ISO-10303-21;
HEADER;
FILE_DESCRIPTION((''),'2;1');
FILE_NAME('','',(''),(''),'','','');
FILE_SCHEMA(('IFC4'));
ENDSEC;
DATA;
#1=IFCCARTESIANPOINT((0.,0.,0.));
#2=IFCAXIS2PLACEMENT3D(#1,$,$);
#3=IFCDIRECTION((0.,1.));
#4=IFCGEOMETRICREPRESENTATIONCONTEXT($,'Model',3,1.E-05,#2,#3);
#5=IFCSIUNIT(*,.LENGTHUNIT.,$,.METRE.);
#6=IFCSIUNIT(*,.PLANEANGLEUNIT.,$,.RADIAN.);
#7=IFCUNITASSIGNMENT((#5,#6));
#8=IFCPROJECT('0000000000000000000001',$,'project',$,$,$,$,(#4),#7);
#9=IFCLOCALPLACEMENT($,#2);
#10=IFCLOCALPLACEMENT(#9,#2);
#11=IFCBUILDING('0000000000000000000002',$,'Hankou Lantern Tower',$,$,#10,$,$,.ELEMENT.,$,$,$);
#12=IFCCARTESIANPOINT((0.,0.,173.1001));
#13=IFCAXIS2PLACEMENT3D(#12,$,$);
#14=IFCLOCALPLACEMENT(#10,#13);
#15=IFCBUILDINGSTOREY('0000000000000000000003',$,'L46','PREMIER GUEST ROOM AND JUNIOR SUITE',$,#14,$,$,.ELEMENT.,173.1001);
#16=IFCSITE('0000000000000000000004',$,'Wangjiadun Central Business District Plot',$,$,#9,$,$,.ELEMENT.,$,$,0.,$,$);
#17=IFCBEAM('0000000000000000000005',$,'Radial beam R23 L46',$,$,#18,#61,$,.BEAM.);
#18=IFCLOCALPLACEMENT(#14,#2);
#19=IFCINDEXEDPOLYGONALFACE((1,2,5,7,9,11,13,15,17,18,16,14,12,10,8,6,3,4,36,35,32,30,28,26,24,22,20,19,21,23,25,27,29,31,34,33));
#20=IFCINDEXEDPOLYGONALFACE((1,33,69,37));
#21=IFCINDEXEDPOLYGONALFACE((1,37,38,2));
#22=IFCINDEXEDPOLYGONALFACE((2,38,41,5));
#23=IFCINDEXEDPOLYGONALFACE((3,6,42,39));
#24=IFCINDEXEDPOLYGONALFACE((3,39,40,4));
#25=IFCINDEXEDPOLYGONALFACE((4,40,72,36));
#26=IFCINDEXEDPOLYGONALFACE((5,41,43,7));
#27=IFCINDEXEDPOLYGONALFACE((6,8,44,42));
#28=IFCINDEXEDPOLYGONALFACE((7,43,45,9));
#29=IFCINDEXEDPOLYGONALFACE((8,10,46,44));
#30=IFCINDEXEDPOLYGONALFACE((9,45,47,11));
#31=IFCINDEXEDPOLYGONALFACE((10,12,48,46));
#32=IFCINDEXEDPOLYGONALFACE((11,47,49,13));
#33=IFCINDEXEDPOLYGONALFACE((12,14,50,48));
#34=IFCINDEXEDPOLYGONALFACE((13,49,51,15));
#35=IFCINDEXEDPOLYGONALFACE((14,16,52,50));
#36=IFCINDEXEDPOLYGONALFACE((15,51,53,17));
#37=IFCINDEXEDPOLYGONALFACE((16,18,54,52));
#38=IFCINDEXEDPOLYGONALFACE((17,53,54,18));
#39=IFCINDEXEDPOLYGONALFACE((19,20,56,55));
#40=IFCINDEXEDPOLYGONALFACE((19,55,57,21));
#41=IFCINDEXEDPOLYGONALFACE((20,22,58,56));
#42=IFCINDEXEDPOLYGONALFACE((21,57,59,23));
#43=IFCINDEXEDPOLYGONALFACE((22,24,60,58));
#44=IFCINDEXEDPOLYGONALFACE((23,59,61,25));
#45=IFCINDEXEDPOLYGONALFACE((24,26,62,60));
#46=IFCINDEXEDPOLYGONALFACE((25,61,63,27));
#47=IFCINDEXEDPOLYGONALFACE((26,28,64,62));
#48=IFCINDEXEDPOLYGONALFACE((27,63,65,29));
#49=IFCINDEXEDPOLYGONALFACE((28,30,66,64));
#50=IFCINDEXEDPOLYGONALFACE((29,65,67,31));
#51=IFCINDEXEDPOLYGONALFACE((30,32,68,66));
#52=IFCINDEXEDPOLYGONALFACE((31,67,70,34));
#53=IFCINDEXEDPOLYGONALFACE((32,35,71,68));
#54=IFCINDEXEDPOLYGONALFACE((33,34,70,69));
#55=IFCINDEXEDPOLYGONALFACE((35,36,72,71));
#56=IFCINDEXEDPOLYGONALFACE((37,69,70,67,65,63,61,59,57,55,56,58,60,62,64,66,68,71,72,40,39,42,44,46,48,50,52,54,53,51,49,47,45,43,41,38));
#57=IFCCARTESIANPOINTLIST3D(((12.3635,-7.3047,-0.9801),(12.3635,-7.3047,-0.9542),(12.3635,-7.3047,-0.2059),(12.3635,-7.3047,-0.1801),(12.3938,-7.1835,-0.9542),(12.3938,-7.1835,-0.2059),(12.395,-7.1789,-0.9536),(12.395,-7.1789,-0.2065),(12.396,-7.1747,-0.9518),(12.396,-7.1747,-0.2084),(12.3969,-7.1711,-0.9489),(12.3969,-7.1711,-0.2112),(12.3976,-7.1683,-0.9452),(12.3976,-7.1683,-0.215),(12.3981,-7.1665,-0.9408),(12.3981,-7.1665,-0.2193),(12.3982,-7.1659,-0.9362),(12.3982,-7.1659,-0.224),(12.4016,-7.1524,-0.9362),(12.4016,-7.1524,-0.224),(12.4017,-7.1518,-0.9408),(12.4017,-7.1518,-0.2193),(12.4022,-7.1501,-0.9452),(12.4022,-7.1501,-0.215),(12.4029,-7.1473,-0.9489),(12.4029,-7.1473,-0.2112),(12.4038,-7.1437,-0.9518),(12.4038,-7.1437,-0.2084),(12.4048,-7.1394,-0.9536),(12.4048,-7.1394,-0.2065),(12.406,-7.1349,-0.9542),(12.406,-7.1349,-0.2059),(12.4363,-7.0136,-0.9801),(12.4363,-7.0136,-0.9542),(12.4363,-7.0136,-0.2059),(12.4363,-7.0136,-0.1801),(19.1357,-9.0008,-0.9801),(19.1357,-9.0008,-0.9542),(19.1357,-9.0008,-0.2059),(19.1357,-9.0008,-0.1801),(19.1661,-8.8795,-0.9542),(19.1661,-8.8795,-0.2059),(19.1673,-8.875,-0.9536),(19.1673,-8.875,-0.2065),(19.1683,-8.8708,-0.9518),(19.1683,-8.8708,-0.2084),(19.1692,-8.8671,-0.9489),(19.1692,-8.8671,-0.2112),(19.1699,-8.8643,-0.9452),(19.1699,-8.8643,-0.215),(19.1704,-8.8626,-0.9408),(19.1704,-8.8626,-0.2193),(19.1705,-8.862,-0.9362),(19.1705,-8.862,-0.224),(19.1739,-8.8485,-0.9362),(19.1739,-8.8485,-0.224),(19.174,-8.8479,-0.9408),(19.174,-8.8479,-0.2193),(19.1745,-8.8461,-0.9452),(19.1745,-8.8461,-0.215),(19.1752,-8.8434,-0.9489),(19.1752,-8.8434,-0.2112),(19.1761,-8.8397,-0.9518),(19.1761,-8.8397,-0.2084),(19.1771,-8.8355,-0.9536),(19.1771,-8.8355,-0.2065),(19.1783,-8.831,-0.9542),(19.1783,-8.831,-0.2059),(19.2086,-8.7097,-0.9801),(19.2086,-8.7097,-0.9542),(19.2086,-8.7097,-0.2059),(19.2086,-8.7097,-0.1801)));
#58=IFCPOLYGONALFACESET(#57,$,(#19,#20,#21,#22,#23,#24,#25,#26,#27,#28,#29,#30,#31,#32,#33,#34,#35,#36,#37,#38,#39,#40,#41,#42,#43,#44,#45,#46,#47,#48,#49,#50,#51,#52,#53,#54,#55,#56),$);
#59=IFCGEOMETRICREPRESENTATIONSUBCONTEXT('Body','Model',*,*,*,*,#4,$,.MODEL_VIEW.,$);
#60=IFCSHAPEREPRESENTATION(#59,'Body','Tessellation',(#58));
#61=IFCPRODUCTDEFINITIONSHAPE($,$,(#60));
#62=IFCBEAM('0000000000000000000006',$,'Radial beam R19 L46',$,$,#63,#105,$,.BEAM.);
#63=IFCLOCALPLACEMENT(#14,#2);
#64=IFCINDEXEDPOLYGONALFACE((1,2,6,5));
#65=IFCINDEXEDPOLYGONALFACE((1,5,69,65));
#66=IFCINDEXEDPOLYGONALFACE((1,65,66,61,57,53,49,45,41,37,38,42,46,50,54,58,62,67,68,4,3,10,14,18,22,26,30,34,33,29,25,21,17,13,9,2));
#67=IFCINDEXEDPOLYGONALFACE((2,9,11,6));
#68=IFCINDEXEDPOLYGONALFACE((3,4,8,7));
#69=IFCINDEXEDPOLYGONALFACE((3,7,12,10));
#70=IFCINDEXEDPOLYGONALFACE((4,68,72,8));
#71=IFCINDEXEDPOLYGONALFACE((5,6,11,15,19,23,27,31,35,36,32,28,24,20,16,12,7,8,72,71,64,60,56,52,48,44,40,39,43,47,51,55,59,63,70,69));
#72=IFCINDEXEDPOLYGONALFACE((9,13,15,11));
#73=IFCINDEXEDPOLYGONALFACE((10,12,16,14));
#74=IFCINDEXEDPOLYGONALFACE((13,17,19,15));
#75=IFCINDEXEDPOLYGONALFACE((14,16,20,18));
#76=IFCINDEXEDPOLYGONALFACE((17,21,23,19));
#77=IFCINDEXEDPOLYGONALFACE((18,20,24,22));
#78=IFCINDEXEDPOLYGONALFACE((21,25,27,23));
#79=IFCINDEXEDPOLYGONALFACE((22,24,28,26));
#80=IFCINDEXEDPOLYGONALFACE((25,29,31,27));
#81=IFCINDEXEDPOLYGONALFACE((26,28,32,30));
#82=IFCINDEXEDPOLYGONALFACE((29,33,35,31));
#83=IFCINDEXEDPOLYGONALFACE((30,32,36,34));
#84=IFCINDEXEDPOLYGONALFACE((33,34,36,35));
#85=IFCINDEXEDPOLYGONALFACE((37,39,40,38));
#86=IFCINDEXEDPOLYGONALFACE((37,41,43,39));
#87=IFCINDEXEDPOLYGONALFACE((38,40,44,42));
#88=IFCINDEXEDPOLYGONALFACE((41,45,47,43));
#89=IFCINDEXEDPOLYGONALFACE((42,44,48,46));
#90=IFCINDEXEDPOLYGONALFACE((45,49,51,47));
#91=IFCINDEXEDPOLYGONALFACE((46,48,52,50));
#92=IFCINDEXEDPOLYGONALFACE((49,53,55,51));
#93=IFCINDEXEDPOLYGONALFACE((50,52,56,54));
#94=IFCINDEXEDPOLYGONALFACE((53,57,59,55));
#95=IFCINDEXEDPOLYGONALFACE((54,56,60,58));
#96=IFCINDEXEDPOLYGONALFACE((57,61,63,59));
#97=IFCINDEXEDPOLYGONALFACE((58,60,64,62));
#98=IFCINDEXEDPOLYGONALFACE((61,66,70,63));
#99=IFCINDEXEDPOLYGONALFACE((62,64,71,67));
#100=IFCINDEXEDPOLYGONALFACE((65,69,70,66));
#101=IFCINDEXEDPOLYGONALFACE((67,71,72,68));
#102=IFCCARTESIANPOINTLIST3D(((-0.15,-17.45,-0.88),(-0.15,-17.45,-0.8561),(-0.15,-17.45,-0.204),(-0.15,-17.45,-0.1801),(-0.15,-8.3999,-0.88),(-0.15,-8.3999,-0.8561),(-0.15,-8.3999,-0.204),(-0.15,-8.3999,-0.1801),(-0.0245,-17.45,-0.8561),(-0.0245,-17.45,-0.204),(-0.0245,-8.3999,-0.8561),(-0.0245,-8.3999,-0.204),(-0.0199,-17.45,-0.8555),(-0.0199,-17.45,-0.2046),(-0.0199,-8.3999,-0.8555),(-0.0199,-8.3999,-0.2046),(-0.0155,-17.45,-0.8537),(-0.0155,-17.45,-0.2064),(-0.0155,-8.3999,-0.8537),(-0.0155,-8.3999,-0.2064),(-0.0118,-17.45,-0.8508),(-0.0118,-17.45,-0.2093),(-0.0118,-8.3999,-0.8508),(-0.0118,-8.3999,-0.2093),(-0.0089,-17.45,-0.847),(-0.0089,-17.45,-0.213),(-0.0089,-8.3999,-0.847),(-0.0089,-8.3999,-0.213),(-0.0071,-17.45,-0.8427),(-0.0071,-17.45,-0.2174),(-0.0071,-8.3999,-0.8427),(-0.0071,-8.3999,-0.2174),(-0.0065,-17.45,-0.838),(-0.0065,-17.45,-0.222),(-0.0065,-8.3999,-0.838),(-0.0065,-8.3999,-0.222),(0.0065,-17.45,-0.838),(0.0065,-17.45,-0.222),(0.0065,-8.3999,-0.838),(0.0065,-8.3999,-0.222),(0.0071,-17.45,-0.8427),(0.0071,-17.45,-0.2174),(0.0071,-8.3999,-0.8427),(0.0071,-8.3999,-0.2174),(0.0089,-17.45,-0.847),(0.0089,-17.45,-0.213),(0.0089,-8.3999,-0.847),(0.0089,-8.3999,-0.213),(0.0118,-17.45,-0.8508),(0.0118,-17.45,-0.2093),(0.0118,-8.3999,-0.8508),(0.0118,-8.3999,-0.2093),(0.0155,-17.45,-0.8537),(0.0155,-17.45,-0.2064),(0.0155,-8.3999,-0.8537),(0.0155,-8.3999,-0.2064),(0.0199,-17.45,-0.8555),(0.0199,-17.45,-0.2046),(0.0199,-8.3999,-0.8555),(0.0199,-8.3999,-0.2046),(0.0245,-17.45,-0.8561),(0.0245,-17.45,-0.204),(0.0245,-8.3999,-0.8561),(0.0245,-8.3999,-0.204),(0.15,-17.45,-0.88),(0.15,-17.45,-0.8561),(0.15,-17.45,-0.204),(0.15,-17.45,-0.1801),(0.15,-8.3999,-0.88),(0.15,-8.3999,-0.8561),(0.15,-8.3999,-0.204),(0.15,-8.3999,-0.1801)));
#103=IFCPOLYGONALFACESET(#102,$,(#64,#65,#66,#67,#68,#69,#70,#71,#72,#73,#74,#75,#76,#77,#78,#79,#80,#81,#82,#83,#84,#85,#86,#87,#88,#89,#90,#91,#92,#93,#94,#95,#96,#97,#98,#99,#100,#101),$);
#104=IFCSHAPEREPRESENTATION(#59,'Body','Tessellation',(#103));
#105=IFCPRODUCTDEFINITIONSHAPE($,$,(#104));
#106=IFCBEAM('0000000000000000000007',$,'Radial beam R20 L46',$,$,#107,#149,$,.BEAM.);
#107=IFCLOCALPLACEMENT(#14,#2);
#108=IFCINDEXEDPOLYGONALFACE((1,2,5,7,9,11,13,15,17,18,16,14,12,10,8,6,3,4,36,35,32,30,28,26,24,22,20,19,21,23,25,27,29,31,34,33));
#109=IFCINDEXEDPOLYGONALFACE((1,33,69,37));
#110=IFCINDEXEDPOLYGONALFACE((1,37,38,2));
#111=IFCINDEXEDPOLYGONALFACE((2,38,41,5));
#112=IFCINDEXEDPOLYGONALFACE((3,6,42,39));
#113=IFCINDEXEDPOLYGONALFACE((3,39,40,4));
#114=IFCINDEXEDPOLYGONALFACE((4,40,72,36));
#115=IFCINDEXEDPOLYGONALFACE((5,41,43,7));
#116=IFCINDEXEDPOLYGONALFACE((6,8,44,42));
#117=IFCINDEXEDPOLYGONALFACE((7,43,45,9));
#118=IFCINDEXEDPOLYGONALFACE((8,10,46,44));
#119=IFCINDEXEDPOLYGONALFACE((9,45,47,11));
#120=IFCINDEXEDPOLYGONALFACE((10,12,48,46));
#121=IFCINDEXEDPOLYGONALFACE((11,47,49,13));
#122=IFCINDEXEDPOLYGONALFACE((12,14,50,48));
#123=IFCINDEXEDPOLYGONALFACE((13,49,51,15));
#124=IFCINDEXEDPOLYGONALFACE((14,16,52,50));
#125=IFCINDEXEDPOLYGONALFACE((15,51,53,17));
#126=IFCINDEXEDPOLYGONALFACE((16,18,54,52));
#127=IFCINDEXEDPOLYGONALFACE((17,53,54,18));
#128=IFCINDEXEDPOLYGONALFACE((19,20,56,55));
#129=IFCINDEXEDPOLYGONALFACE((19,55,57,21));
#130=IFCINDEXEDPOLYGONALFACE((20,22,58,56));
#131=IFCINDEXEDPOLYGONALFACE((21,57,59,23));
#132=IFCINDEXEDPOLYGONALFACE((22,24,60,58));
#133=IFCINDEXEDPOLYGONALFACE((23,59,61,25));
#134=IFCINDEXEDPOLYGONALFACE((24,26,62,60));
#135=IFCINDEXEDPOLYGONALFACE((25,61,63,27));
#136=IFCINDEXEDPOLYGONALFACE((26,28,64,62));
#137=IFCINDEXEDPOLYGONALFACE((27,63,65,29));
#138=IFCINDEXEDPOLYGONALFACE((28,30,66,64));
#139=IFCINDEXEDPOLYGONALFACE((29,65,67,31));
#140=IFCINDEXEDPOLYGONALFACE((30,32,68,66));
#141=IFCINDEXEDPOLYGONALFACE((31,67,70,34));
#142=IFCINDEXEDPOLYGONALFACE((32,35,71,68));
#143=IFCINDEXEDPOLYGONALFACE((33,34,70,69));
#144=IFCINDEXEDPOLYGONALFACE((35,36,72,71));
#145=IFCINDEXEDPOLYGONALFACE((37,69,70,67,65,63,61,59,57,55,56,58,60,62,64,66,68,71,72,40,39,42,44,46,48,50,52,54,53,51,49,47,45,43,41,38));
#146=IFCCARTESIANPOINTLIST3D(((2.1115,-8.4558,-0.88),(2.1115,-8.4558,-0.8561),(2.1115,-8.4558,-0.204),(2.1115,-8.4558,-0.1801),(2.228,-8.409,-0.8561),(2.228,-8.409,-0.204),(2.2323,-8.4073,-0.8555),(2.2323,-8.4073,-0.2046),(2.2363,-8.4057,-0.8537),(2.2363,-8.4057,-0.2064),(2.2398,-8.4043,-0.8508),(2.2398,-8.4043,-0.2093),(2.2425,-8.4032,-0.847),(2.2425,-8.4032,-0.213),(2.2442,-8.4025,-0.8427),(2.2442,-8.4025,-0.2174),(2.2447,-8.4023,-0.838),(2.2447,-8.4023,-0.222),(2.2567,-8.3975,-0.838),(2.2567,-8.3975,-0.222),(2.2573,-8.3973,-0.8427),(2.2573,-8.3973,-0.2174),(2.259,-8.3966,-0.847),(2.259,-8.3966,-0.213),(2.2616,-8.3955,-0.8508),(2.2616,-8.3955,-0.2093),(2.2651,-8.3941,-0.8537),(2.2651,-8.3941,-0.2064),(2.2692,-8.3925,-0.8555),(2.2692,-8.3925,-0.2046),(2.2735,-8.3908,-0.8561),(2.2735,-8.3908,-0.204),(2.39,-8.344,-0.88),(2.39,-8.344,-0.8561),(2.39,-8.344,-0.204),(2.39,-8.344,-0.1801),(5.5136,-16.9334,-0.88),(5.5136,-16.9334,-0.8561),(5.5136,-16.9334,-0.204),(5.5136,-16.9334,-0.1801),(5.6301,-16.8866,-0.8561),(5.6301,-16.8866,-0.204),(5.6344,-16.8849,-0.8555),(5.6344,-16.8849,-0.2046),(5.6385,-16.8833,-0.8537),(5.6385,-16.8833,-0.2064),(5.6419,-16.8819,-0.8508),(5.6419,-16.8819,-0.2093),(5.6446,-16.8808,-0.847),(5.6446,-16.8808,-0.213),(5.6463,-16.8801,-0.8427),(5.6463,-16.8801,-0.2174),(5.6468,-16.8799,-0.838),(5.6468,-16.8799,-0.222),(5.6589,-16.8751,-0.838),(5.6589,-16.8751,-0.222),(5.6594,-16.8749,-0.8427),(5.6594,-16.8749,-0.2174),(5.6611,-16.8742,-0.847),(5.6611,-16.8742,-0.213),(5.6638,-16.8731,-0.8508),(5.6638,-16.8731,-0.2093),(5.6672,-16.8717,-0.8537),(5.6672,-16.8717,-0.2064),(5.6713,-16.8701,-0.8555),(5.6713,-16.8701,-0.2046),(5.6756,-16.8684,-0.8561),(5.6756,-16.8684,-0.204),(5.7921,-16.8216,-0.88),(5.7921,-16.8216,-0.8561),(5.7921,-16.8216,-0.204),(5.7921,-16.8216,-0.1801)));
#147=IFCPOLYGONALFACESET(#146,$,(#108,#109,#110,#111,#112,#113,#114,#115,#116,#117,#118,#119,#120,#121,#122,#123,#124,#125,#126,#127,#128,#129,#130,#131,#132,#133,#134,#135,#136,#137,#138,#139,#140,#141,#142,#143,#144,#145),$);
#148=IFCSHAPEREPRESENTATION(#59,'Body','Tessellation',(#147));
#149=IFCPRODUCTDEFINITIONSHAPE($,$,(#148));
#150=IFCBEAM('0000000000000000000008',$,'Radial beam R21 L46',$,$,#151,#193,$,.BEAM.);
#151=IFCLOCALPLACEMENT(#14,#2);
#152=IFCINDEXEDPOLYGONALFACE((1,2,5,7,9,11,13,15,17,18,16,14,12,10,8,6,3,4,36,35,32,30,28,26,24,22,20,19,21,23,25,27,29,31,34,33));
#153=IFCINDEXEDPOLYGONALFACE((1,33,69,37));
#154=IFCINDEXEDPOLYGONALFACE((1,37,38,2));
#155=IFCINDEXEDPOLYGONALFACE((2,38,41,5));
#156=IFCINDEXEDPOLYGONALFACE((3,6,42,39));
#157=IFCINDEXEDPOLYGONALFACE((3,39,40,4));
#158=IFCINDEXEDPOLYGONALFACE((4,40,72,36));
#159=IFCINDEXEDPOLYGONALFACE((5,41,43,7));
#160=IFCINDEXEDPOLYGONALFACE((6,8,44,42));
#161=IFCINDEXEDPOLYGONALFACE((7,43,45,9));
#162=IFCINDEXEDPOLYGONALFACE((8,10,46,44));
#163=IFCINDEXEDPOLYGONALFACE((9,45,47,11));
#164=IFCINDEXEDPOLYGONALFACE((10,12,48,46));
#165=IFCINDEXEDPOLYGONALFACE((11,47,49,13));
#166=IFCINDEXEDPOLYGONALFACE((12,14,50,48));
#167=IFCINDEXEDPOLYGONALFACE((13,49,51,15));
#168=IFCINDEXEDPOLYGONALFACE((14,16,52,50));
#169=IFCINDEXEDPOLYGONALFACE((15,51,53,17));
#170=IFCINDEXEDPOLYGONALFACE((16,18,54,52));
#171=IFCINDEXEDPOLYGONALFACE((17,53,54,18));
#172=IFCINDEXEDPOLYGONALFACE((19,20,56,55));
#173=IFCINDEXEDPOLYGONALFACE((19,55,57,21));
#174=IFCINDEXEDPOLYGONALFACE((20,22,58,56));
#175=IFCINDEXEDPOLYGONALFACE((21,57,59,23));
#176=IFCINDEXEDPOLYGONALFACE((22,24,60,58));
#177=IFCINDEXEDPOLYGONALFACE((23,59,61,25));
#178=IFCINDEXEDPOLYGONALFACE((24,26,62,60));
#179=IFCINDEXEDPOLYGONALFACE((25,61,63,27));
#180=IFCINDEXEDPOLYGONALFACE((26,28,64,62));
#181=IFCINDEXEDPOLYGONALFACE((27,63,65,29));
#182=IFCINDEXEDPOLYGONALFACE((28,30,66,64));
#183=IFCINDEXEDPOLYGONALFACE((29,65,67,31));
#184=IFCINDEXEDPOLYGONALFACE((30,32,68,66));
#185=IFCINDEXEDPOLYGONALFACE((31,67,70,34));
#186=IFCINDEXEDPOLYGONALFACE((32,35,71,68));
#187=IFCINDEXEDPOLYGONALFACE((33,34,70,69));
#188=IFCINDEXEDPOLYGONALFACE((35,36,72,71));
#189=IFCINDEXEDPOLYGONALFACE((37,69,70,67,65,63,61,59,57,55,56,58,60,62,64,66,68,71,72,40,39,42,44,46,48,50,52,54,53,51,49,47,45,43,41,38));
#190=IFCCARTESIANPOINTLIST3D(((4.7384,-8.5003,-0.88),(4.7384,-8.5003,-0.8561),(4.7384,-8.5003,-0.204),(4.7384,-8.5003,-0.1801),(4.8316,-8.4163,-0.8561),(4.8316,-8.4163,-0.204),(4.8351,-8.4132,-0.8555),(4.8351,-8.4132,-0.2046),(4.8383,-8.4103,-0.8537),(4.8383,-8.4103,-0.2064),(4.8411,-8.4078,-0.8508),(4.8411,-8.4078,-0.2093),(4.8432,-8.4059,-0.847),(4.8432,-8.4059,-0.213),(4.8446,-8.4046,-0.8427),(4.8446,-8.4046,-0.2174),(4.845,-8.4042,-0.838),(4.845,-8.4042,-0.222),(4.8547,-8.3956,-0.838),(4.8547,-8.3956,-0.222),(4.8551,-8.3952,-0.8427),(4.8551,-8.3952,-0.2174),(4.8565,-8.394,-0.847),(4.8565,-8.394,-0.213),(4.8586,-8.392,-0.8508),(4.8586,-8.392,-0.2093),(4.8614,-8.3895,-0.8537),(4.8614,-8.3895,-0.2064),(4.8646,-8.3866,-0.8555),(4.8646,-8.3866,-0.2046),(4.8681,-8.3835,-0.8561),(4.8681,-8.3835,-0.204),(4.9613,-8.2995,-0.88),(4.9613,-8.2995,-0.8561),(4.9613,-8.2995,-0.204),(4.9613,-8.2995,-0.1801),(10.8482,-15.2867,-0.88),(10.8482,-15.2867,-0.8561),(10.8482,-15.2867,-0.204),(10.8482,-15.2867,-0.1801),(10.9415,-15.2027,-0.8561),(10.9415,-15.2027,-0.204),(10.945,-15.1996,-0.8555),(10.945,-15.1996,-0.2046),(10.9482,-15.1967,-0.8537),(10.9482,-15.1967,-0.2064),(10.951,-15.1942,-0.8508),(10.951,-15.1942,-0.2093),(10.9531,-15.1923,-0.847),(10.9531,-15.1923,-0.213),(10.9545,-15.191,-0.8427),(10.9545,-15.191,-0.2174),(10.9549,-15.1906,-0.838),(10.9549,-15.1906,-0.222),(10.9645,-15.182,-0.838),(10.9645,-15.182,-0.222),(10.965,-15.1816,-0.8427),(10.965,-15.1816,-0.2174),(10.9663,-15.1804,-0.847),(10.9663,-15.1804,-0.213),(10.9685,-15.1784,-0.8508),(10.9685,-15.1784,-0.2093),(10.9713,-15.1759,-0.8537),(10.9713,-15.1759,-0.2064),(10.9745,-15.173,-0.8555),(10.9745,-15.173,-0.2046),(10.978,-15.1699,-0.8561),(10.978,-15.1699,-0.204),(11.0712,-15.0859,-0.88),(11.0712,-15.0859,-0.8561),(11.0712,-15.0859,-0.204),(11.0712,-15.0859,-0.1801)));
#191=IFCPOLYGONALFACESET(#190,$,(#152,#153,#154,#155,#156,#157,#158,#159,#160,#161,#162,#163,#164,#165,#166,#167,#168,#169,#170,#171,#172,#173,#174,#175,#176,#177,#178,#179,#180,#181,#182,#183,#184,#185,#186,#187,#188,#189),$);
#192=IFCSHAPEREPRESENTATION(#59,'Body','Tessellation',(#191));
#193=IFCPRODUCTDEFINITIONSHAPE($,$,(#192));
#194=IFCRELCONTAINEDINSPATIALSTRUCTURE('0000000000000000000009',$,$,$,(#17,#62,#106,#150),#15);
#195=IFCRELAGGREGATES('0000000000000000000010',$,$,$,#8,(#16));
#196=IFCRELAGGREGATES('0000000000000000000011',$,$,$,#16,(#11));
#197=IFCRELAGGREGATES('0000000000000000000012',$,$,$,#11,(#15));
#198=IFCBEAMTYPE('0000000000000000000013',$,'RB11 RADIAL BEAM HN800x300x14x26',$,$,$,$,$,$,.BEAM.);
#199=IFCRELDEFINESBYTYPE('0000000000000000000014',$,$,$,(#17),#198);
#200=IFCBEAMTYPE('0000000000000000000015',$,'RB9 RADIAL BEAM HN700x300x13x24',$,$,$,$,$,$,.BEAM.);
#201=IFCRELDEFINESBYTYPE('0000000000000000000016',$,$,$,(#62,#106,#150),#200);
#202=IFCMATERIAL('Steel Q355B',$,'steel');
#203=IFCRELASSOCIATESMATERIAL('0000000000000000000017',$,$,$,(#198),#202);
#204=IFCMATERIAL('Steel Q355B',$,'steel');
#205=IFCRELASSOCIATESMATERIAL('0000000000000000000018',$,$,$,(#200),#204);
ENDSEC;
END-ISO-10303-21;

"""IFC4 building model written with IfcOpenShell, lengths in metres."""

from ifc_helpers import new_model, si_unit, direction, frame, origin, origin_2d, place, context, subcontext, project, spatial, i_section, extrude, material, material_profile, profile_set, type_object, element, save


model = new_model("IFC4")

# Units and contexts
model_context = context("Model", 3, precision=1e-05, world=origin(), true_north=direction((0.0, 1.0)))
body_context = subcontext(model_context, "Body", "Model", "MODEL_VIEW")
ifc_project = project(units=[si_unit("LENGTHUNIT", "METRE"), si_unit("PLANEANGLEUNIT", "RADIAN")], contexts=[model_context])

# Site, building, storey
site_placement = place(None, origin())
site = spatial("IfcSite", under=ifc_project, at=site_placement, Name="Wangjiadun Central Business District Plot", CompositionType="ELEMENT", RefElevation=0.0)
building_placement = place(site_placement, origin())
building = spatial("IfcBuilding", under=site, at=building_placement, Name="Hankou Lantern Tower", CompositionType="ELEMENT")
storey_placement = place(building_placement, frame((0.0, 0.0, 173.1001)))
storey = spatial("IfcBuildingStorey", under=building, at=storey_placement, Name="L46", Description="PREMIER GUEST ROOM AND JUNIOR SUITE", CompositionType="ELEMENT", Elevation=173.1001)

# Beams
ifc_material_1 = material(Name="Steel Q355B", Category="steel")
ifc_material_profile_1 = material_profile(ifc_material_1, i_section(OverallWidth=0.3, OverallDepth=0.8, WebThickness=0.0139, FlangeThickness=0.0259, FilletRadius=0.0181, at=origin_2d()), Name="HN800x300x14x26")
ifc_profile_set_1 = profile_set([ifc_material_profile_1], Name="Steel Q355B")
beam_type_1 = type_object("IfcBeamType", Name="RB11 RADIAL BEAM HN800x300x14x26", PredefinedType="BEAM", material=ifc_profile_set_1)
beam_1_placement = place(storey_placement, frame((12.3999, -7.1592, -0.5801), z_axis=(0.970042, -0.242939, 0.0), x_axis=(0.242939, 0.970042, 0.0)))
element("IfcBeam", 1, at=beam_1_placement, inside=storey, type_object=beam_type_1, Name="Radial beam R23 L46", PredefinedType="BEAM", context=body_context, shape_type="SweptSolid", body=[
    extrude(i_section(OverallWidth=0.3, OverallDepth=0.8, WebThickness=0.0139, FlangeThickness=0.0259, FilletRadius=0.0181, at=origin_2d()), origin(), (0.0, 0.0, 1.0), 6.9814),
])
ifc_material_2 = material(Name="Steel Q355B", Category="steel")
ifc_material_profile_2 = material_profile(ifc_material_2, i_section(OverallWidth=0.3, OverallDepth=0.7, WebThickness=0.0129, FlangeThickness=0.0239, FilletRadius=0.0181, at=origin_2d()), Name="HN700x300x13x24")
ifc_profile_set_2 = profile_set([ifc_material_profile_2], Name="Steel Q355B")
beam_type_2 = type_object("IfcBeamType", Name="RB9 RADIAL BEAM HN700x300x13x24", PredefinedType="BEAM", material=ifc_profile_set_2)
beam_2_placement = place(storey_placement, frame((0.0, -8.3999, -0.53), z_axis=(0.0, -1.0, 0.0), x_axis=(1.0, 0.0, 0.0)))
element("IfcBeam", 2, at=beam_2_placement, inside=storey, type_object=beam_type_2, Name="Radial beam R19 L46", PredefinedType="BEAM", context=body_context, shape_type="SweptSolid", body=[
    extrude(i_section(OverallWidth=0.3, OverallDepth=0.7, WebThickness=0.0129, FlangeThickness=0.0239, FilletRadius=0.0181, at=origin_2d()), origin(), (0.0, 0.0, 1.0), 9.05),
])
beam_3_placement = place(storey_placement, frame((2.2507, -8.3999, -0.53), z_axis=(0.372436, -0.928058, 0.0), x_axis=(0.928058, 0.372436, 0.0)))
element("IfcBeam", 3, at=beam_3_placement, inside=storey, type_object=beam_type_2, Name="Radial beam R20 L46", PredefinedType="BEAM", context=body_context, shape_type="SweptSolid", body=[
    extrude(i_section(OverallWidth=0.3, OverallDepth=0.7, WebThickness=0.0129, FlangeThickness=0.0239, FilletRadius=0.0181, at=origin_2d()), origin(), (0.0, 0.0, 1.0), 9.1348),
])
beam_4_placement = place(storey_placement, frame((4.8499, -8.3999, -0.53), z_axis=(0.669093, -0.743178, 0.0), x_axis=(0.743178, 0.669093, 0.0)))
element("IfcBeam", 4, at=beam_4_placement, inside=storey, type_object=beam_type_2, Name="Radial beam R21 L46", PredefinedType="BEAM", context=body_context, shape_type="SweptSolid", body=[
    extrude(i_section(OverallWidth=0.3, OverallDepth=0.7, WebThickness=0.0129, FlangeThickness=0.0239, FilletRadius=0.0181, at=origin_2d()), origin(), (0.0, 0.0, 1.0), 9.1316),
])

save(model, "model.ifc")
